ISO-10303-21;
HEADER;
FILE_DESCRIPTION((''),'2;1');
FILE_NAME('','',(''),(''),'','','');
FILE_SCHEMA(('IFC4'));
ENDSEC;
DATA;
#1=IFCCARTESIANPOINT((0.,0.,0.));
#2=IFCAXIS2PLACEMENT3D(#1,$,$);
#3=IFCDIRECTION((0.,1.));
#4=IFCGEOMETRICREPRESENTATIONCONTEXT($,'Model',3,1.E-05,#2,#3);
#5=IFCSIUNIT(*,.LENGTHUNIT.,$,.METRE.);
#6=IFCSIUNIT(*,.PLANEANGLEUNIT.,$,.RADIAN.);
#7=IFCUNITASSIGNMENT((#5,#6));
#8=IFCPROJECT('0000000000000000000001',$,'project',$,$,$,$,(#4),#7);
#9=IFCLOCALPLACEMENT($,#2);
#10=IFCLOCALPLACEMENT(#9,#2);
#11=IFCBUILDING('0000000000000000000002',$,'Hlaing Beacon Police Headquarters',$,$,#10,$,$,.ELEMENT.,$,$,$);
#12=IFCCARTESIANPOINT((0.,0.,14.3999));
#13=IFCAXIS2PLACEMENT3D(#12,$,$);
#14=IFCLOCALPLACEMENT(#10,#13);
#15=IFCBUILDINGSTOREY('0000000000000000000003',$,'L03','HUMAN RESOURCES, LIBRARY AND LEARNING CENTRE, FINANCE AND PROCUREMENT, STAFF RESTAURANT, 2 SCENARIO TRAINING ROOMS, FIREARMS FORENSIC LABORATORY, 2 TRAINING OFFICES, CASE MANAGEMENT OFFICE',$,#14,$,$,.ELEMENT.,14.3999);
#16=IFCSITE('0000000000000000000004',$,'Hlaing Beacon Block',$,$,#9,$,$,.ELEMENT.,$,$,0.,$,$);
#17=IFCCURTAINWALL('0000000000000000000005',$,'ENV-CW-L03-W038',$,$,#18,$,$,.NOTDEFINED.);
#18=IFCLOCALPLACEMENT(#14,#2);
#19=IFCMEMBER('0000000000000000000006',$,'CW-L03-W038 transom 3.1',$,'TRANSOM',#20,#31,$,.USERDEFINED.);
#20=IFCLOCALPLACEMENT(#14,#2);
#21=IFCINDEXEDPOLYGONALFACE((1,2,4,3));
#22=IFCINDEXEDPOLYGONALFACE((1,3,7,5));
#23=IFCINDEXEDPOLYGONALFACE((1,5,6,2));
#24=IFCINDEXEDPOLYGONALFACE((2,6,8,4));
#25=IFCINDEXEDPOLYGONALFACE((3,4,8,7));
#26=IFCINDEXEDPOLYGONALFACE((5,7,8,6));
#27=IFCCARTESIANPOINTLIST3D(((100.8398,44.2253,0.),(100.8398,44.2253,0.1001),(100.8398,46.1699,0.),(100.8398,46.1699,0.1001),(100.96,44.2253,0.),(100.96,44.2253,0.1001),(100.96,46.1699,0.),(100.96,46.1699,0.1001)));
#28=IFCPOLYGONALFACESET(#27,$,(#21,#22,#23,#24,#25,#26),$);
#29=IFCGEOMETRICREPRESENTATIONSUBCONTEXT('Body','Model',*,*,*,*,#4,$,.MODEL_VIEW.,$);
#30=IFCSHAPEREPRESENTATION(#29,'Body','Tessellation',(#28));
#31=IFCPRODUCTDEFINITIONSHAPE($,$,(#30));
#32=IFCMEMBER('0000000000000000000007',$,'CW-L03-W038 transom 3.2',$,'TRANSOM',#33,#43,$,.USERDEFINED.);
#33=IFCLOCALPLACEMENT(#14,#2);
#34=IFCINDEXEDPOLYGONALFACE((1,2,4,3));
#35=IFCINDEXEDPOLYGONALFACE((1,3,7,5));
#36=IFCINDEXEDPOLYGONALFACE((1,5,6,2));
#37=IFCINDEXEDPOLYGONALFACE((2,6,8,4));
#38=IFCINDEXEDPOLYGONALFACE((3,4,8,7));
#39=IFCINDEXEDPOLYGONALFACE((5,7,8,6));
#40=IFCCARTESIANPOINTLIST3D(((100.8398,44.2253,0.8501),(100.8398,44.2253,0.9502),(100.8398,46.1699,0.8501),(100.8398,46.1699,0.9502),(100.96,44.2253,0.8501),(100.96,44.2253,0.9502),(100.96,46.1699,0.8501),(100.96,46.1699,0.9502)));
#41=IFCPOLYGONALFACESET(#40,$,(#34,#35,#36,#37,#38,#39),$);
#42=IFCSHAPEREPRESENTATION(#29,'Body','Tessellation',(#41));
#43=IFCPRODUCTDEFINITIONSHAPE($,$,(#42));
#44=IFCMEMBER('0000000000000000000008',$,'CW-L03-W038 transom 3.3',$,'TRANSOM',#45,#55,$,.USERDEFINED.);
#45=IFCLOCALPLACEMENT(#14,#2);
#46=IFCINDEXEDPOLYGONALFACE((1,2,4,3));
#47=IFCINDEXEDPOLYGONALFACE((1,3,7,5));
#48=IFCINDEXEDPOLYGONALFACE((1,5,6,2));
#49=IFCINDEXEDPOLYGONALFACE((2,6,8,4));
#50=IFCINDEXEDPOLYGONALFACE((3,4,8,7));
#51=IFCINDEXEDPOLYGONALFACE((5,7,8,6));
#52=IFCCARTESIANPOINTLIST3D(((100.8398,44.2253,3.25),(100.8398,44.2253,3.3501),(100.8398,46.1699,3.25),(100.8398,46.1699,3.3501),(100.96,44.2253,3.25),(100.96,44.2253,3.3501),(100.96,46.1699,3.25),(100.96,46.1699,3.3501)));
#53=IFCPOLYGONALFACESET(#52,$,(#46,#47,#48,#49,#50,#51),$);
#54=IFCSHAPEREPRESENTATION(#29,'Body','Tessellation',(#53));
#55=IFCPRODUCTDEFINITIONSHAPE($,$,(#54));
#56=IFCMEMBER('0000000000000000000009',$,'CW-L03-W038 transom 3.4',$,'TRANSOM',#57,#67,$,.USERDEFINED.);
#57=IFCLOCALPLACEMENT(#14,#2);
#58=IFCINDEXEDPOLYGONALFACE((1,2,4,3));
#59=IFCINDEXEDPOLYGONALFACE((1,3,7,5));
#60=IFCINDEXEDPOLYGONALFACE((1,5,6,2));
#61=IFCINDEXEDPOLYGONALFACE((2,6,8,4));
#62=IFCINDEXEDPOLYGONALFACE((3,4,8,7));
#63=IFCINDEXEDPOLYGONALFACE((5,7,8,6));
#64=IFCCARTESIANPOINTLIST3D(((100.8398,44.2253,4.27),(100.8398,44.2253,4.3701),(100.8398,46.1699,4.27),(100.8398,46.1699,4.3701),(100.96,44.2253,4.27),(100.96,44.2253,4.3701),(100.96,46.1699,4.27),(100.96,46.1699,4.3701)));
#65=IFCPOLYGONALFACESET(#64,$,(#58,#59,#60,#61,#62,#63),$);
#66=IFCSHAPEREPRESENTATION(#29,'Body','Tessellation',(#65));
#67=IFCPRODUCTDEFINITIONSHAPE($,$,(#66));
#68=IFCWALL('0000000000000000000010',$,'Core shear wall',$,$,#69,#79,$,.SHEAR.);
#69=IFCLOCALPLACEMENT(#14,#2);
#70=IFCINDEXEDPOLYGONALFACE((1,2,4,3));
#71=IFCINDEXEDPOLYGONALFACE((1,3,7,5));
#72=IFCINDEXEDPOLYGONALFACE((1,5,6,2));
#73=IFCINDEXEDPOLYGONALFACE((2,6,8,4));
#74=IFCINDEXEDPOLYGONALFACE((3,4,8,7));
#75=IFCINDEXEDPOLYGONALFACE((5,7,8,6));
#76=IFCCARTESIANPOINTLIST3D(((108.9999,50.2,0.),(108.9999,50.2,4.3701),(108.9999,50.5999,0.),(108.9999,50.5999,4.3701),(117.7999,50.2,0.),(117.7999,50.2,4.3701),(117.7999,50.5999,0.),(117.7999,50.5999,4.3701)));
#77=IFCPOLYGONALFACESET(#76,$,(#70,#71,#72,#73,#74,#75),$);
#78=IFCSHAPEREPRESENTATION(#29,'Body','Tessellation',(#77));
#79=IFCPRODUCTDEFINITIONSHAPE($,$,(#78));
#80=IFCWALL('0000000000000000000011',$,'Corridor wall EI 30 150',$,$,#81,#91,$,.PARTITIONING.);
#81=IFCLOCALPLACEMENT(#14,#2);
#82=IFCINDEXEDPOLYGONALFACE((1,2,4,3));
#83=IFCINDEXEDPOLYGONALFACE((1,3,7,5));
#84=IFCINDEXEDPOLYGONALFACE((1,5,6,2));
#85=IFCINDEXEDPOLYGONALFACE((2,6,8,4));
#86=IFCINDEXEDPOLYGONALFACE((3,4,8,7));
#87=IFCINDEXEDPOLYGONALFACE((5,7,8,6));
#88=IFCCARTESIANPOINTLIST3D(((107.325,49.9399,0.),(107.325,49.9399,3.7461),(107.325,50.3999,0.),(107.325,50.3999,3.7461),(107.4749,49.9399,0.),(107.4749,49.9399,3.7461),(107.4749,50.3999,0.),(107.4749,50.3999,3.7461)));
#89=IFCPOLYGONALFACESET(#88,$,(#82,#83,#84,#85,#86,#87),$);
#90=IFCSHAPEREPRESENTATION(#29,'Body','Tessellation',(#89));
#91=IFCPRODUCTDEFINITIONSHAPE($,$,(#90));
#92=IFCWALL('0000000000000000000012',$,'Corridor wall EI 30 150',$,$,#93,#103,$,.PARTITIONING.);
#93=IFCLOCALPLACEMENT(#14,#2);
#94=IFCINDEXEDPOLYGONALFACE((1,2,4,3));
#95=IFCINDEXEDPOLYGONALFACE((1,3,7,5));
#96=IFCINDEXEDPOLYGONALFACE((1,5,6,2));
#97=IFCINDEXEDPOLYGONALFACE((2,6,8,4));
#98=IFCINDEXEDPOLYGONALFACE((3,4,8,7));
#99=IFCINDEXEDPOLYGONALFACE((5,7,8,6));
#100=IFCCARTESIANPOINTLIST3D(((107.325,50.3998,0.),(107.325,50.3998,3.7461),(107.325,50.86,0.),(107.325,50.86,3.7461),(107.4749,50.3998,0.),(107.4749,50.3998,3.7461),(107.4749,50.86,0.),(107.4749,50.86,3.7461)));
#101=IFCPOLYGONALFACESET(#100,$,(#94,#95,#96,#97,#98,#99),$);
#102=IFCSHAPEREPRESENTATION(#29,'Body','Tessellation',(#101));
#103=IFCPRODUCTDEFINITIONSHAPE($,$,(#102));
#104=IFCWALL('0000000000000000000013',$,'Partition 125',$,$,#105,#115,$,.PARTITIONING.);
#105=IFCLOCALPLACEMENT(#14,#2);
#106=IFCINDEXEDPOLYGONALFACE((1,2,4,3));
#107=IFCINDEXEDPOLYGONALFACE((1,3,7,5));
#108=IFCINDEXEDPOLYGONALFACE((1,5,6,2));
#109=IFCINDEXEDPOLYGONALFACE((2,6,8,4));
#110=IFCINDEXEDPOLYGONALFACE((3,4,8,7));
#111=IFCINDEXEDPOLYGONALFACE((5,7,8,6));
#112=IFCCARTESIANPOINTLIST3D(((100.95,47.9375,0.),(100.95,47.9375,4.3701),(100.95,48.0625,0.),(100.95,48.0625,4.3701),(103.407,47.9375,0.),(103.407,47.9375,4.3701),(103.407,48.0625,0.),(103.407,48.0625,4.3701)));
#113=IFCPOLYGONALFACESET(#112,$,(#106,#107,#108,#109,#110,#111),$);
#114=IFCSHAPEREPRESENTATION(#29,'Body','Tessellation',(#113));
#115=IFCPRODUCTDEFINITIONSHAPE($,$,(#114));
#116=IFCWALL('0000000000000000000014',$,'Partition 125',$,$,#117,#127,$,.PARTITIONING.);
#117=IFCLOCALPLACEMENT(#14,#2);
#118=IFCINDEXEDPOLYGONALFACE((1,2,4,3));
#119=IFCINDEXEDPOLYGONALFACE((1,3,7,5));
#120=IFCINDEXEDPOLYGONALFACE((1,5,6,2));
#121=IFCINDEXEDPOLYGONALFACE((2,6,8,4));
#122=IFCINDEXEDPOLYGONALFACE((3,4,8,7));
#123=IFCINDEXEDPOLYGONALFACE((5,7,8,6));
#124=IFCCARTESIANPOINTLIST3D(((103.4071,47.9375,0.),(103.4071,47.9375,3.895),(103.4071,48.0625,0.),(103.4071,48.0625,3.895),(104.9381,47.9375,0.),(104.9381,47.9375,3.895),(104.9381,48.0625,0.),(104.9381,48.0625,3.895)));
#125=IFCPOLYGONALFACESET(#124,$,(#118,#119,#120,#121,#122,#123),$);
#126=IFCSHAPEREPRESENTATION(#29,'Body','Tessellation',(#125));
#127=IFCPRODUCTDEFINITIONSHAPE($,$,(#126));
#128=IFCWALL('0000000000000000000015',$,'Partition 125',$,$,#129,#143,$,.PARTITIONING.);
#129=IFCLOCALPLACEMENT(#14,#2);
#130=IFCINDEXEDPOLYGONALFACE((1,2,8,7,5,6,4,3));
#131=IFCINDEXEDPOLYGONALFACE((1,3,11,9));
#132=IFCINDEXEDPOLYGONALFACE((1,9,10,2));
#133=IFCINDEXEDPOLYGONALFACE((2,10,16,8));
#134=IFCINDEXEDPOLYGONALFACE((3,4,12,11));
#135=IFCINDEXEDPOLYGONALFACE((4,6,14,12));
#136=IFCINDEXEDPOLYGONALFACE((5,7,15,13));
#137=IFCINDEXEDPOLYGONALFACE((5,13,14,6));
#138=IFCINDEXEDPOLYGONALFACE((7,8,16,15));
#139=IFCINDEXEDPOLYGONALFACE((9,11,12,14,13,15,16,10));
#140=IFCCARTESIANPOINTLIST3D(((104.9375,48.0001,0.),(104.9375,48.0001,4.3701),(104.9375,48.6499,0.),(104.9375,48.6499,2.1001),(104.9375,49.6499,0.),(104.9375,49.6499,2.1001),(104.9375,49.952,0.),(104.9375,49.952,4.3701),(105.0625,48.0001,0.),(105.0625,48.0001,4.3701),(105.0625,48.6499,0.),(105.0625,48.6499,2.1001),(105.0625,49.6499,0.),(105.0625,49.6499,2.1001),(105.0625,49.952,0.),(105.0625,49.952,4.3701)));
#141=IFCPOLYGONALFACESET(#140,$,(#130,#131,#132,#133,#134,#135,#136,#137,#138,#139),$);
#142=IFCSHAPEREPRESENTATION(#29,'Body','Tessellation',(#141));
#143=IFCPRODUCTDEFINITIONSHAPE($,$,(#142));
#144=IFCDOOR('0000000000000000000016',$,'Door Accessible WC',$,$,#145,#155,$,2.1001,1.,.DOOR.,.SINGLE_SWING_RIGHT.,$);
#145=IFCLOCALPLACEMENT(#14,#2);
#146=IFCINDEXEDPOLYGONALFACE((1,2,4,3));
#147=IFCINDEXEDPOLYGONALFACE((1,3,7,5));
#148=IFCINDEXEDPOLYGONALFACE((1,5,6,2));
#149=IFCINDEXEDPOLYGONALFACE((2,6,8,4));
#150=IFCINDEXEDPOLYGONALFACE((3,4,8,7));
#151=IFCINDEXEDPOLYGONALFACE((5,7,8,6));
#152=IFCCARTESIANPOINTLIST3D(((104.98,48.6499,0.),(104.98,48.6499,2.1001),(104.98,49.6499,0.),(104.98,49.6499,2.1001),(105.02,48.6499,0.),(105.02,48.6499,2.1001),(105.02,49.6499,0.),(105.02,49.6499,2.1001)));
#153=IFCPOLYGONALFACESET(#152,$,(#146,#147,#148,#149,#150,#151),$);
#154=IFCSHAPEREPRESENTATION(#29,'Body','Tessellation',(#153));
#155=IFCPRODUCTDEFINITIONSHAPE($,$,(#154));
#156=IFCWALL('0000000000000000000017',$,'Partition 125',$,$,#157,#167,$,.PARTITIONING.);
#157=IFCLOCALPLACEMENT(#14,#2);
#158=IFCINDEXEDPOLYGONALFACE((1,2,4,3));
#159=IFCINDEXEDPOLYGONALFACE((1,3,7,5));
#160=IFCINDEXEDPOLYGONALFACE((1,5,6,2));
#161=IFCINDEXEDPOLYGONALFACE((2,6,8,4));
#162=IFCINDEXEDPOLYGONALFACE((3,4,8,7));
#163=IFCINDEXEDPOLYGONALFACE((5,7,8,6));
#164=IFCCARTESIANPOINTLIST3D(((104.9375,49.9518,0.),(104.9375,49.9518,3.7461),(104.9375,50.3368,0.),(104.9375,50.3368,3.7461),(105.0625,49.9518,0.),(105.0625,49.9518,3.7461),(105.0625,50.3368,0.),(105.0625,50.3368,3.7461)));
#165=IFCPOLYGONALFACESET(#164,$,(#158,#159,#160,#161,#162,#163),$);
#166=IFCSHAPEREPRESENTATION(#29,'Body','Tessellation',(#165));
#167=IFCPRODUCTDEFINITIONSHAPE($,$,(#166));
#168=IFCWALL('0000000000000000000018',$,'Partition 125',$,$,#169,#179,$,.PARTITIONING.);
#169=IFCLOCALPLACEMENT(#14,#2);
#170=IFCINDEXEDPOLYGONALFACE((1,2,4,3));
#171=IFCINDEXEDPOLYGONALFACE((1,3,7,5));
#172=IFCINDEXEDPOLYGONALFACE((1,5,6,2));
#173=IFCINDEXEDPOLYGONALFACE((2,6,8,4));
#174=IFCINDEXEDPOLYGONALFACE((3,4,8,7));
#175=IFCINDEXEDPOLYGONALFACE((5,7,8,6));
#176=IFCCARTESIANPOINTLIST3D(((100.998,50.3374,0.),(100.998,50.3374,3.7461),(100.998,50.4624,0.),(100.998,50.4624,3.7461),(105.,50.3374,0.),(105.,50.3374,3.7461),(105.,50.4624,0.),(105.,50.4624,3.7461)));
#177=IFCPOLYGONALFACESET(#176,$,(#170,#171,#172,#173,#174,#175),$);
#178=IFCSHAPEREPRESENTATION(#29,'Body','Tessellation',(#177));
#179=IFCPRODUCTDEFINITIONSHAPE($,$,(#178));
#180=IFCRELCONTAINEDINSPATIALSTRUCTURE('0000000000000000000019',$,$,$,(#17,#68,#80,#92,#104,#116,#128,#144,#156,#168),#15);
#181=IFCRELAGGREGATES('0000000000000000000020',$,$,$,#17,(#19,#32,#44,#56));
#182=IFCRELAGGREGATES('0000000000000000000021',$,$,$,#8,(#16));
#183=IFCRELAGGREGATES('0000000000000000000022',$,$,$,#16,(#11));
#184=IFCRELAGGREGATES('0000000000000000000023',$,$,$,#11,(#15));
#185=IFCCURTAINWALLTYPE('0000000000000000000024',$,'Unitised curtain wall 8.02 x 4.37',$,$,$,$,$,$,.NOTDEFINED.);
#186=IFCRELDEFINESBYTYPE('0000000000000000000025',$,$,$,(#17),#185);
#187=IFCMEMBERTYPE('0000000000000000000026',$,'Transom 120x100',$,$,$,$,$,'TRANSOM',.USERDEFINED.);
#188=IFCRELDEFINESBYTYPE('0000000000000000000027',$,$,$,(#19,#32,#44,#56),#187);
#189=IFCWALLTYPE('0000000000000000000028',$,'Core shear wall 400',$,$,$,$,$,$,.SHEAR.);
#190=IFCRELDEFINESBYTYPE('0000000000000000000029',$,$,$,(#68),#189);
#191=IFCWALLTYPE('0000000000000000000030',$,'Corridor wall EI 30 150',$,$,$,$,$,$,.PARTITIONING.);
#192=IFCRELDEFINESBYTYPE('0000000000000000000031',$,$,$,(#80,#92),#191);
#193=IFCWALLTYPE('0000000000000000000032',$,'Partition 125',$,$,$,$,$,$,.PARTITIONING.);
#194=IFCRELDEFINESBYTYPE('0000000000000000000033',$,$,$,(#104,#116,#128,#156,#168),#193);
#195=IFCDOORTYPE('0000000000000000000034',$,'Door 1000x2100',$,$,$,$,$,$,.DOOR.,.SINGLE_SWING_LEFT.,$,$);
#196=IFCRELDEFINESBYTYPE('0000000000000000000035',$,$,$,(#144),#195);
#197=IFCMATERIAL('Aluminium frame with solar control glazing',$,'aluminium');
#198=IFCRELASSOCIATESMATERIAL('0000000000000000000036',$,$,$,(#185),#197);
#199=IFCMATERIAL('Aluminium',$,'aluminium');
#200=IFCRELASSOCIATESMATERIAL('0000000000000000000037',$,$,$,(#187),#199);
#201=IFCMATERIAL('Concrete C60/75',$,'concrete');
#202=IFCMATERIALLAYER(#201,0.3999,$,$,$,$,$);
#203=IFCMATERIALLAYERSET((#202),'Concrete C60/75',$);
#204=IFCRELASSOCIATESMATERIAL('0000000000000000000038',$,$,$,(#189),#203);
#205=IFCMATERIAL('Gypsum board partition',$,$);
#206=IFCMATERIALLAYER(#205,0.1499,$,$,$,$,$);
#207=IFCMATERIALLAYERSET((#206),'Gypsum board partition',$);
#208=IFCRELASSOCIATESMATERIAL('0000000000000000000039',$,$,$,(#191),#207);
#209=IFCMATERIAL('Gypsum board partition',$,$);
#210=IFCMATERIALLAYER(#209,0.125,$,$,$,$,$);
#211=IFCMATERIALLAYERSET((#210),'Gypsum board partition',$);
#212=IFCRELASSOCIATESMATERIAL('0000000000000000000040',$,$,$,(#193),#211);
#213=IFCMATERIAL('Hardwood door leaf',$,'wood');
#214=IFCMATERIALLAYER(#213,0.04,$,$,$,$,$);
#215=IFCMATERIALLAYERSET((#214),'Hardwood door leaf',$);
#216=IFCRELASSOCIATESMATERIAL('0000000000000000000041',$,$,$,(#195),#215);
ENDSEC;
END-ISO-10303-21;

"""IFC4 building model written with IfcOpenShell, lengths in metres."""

from ifc_helpers import new_model, si_unit, direction, frame, frame_2d, origin, origin_2d, place, context, subcontext, project, spatial, rectangle, extrude, material, layer, layer_set, material_profile, profile_set, type_object, element, fill, aggregate, save


model = new_model("IFC4")

# Units and contexts
model_context = context("Model", 3, precision=1e-05, world=origin(), true_north=direction((0.0, 1.0)))
body_context = subcontext(model_context, "Body", "Model", "MODEL_VIEW")
ifc_project = project(units=[si_unit("LENGTHUNIT", "METRE"), si_unit("PLANEANGLEUNIT", "RADIAN")], contexts=[model_context])

# Site, building, storey
site_placement = place(None, origin())
site = spatial("IfcSite", under=ifc_project, at=site_placement, Name="Hlaing Beacon Block", CompositionType="ELEMENT", RefElevation=0.0)
building_placement = place(site_placement, origin())
building = spatial("IfcBuilding", under=site, at=building_placement, Name="Hlaing Beacon Police Headquarters", CompositionType="ELEMENT")
storey_placement = place(building_placement, frame((0.0, 0.0, 14.3999)))
storey = spatial("IfcBuildingStorey", under=building, at=storey_placement, Name="L03", Description="HUMAN RESOURCES, LIBRARY AND LEARNING CENTRE, FINANCE AND PROCUREMENT, STAFF RESTAURANT, 2 SCENARIO TRAINING ROOMS, FIREARMS FORENSIC LABORATORY, 2 TRAINING OFFICES, CASE MANAGEMENT OFFICE", CompositionType="ELEMENT", Elevation=14.3999)

# Curtain wall, members
ifc_material_1 = material(Name="Aluminium frame with solar control glazing", Category="aluminium")
curtain_wall_type = type_object("IfcCurtainWallType", Name="Unitised curtain wall 8.02 x 4.37", PredefinedType="NOTDEFINED", material=ifc_material_1)
curtain_wall_placement = place(storey_placement, origin())
curtain_wall = element("IfcCurtainWall", 1, at=curtain_wall_placement, inside=storey, type_object=curtain_wall_type, Name="ENV-CW-L03-W038", PredefinedType="NOTDEFINED")
ifc_material_2 = material(Name="Aluminium", Category="aluminium")
ifc_material_profile_1 = material_profile(ifc_material_2, rectangle(XDim=0.1201, YDim=0.1001, at=origin_2d()), Name="Transom 120x100")
ifc_profile_set_1 = profile_set([ifc_material_profile_1], Name="Aluminium")
member_type_1 = type_object("IfcMemberType", Name="Transom 120x100", ElementType="TRANSOM", PredefinedType="USERDEFINED", material=ifc_profile_set_1)
member_1_placement = place(storey_placement, frame((100.8999, 46.1699, 0.05), z_axis=(0.0, -1.0, 0.0), x_axis=(1.0, 0.0, 0.0)))
member_1 = element("IfcMember", 2, at=member_1_placement, type_object=member_type_1, Name="CW-L03-W038 transom 3.1", ObjectType="TRANSOM", PredefinedType="USERDEFINED", context=body_context, shape_type="SweptSolid", body=[
    extrude(rectangle(XDim=0.1201, YDim=0.1001, at=origin_2d()), origin(), (0.0, 0.0, 1.0), 1.9446),
])
member_2_placement = place(storey_placement, frame((100.8999, 46.1699, 0.9001), z_axis=(0.0, -1.0, 0.0), x_axis=(1.0, 0.0, 0.0)))
member_2 = element("IfcMember", 3, at=member_2_placement, type_object=member_type_1, Name="CW-L03-W038 transom 3.2", ObjectType="TRANSOM", PredefinedType="USERDEFINED", context=body_context, shape_type="SweptSolid", body=[
    extrude(rectangle(XDim=0.1201, YDim=0.1001, at=origin_2d()), origin(), (0.0, 0.0, 1.0), 1.9446),
])
member_3_placement = place(storey_placement, frame((100.8999, 46.1699, 3.3), z_axis=(0.0, -1.0, 0.0), x_axis=(1.0, 0.0, 0.0)))
member_3 = element("IfcMember", 4, at=member_3_placement, type_object=member_type_1, Name="CW-L03-W038 transom 3.3", ObjectType="TRANSOM", PredefinedType="USERDEFINED", context=body_context, shape_type="SweptSolid", body=[
    extrude(rectangle(XDim=0.1201, YDim=0.1001, at=origin_2d()), origin(), (0.0, 0.0, 1.0), 1.9446),
])
member_4_placement = place(storey_placement, frame((100.8999, 46.1699, 4.3201), z_axis=(0.0, -1.0, 0.0), x_axis=(1.0, 0.0, 0.0)))
member_4 = element("IfcMember", 5, at=member_4_placement, type_object=member_type_1, Name="CW-L03-W038 transom 3.4", ObjectType="TRANSOM", PredefinedType="USERDEFINED", context=body_context, shape_type="SweptSolid", body=[
    extrude(rectangle(XDim=0.1201, YDim=0.1001, at=origin_2d()), origin(), (0.0, 0.0, 1.0), 1.9446),
])
aggregate(curtain_wall, [member_1, member_2, member_3, member_4])

# Walls
ifc_material_3 = material(Name="Concrete C60/75", Category="concrete")
ifc_layer_1 = layer(ifc_material_3, 0.3999)
ifc_layer_set_1 = layer_set([ifc_layer_1], Name="Concrete C60/75")
wall_type_1 = type_object("IfcWallType", Name="Core shear wall 400", PredefinedType="SHEAR", material=ifc_layer_set_1)
wall_1_placement = place(storey_placement, frame((109.0, 50.3999, 0.0), z_axis=(0.0, 0.0, 1.0), x_axis=(1.0, 0.0, 0.0)))
element("IfcWall", 6, at=wall_1_placement, inside=storey, type_object=wall_type_1, Name="Core shear wall", PredefinedType="SHEAR", context=body_context, shape_type="SweptSolid", body=[
    extrude(rectangle(XDim=8.8, YDim=0.3999, at=frame_2d((4.3999, 0.0))), origin(), (0.0, 0.0, 1.0), 4.3701),
])
ifc_material_4 = material(Name="Gypsum board partition")
ifc_layer_2 = layer(ifc_material_4, 0.1499)
ifc_layer_set_2 = layer_set([ifc_layer_2], Name="Gypsum board partition")
wall_type_2 = type_object("IfcWallType", Name="Corridor wall EI 30 150", PredefinedType="PARTITIONING", material=ifc_layer_set_2)
wall_2_placement = place(storey_placement, frame((107.3999, 49.9399, 0.0), z_axis=(0.0, 0.0, 1.0), x_axis=(0.0, 1.0, 0.0)))
element("IfcWall", 7, at=wall_2_placement, inside=storey, type_object=wall_type_2, Name="Corridor wall EI 30 150", PredefinedType="PARTITIONING", context=body_context, shape_type="SweptSolid", body=[
    extrude(rectangle(XDim=0.46, YDim=0.1499, at=frame_2d((0.23, 0.0))), origin(), (0.0, 0.0, 1.0), 3.7461),
])
wall_3_placement = place(storey_placement, frame((107.3999, 50.3999, 0.0), z_axis=(0.0, 0.0, 1.0), x_axis=(0.0, 1.0, 0.0)))
element("IfcWall", 8, at=wall_3_placement, inside=storey, type_object=wall_type_2, Name="Corridor wall EI 30 150", PredefinedType="PARTITIONING", context=body_context, shape_type="SweptSolid", body=[
    extrude(rectangle(XDim=0.4602, YDim=0.1499, at=frame_2d((0.23, 0.0))), origin(), (0.0, 0.0, 1.0), 3.7461),
])
ifc_material_5 = material(Name="Gypsum board partition")
ifc_layer_3 = layer(ifc_material_5, 0.125)
ifc_layer_set_3 = layer_set([ifc_layer_3], Name="Gypsum board partition")
wall_type_3 = type_object("IfcWallType", Name="Partition 125", PredefinedType="PARTITIONING", material=ifc_layer_set_3)
wall_4_placement = place(storey_placement, frame((100.95, 48.0, 0.0), z_axis=(0.0, 0.0, 1.0), x_axis=(1.0, 0.0, 0.0)))
element("IfcWall", 9, at=wall_4_placement, inside=storey, type_object=wall_type_3, Name="Partition 125", PredefinedType="PARTITIONING", context=body_context, shape_type="SweptSolid", body=[
    extrude(rectangle(XDim=2.457, YDim=0.125, at=frame_2d((1.2285, 0.0))), origin(), (0.0, 0.0, 1.0), 4.3701),
])
wall_5_placement = place(storey_placement, frame((103.407, 48.0, 0.0), z_axis=(0.0, 0.0, 1.0), x_axis=(1.0, 0.0, 0.0)))
element("IfcWall", 10, at=wall_5_placement, inside=storey, type_object=wall_type_3, Name="Partition 125", PredefinedType="PARTITIONING", context=body_context, shape_type="SweptSolid", body=[
    extrude(rectangle(XDim=1.531, YDim=0.125, at=frame_2d((0.7656, 0.0))), origin(), (0.0, 0.0, 1.0), 3.895),
])

# Wall, opening, door
wall_6_placement = place(storey_placement, frame((105.0, 48.0, 0.0), z_axis=(0.0, 0.0, 1.0), x_axis=(0.0, 1.0, 0.0)))
wall_6 = element("IfcWall", 11, at=wall_6_placement, inside=storey, type_object=wall_type_3, Name="Partition 125", PredefinedType="PARTITIONING", context=body_context, shape_type="SweptSolid", body=[
    extrude(rectangle(XDim=1.9519, YDim=0.125, at=frame_2d((0.9761, 0.0))), origin(), (0.0, 0.0, 1.0), 4.3701),
])
opening_1_placement = place(wall_6_placement, frame((0.6499, 0.0, 0.0)))
opening_1 = element("IfcOpeningElement", 12, at=opening_1_placement, cuts=wall_6, PredefinedType="OPENING", context=body_context, shape_type="SweptSolid", body=[
    extrude(rectangle(XDim=1.0, YDim=2.1001, at=frame_2d((0.5, 1.05))), frame((0.0, 0.0725, 0.0), z_axis=(0.0, -1.0, 0.0), x_axis=(1.0, 0.0, 0.0)), (0.0, 0.0, 1.0), 0.145),
])
ifc_material_6 = material(Name="Hardwood door leaf", Category="wood")
ifc_layer_4 = layer(ifc_material_6, 0.04)
ifc_layer_set_4 = layer_set([ifc_layer_4], Name="Hardwood door leaf")
door_type_1 = type_object("IfcDoorType", Name="Door 1000x2100", OperationType="SINGLE_SWING_LEFT", PredefinedType="DOOR", material=ifc_layer_set_4)
door_1_placement = place(opening_1_placement, origin())
door_1 = element("IfcDoor", 13, at=door_1_placement, inside=storey, type_object=door_type_1, Name="Door Accessible WC", OperationType="SINGLE_SWING_RIGHT", OverallHeight=2.1001, OverallWidth=1.0, PredefinedType="DOOR", context=body_context, shape_type="SweptSolid", body=[
    extrude(rectangle(XDim=1.0, YDim=2.1001, at=frame_2d((0.5, 1.05))), frame((0.0, 0.02, 0.0), z_axis=(0.0, -1.0, 0.0), x_axis=(1.0, 0.0, 0.0)), (0.0, 0.0, 1.0), 0.04),
])
fill(opening_1, door_1)

# Walls
wall_7_placement = place(storey_placement, frame((105.0, 49.9519, 0.0), z_axis=(0.0, 0.0, 1.0), x_axis=(0.0, 1.0, 0.0)))
element("IfcWall", 14, at=wall_7_placement, inside=storey, type_object=wall_type_3, Name="Partition 125", PredefinedType="PARTITIONING", context=body_context, shape_type="SweptSolid", body=[
    extrude(rectangle(XDim=0.385, YDim=0.125, at=frame_2d((0.1924, 0.0))), origin(), (0.0, 0.0, 1.0), 3.7461),
])
wall_8_placement = place(storey_placement, frame((100.998, 50.3999, 0.0), z_axis=(0.0, 0.0, 1.0), x_axis=(1.0, 0.0, 0.0)))
element("IfcWall", 15, at=wall_8_placement, inside=storey, type_object=wall_type_3, Name="Partition 125", PredefinedType="PARTITIONING", context=body_context, shape_type="SweptSolid", body=[
    extrude(rectangle(XDim=4.002, YDim=0.125, at=frame_2d((2.001, 0.0))), origin(), (0.0, 0.0, 1.0), 3.7461),
])

save(model, "model.ifc")
